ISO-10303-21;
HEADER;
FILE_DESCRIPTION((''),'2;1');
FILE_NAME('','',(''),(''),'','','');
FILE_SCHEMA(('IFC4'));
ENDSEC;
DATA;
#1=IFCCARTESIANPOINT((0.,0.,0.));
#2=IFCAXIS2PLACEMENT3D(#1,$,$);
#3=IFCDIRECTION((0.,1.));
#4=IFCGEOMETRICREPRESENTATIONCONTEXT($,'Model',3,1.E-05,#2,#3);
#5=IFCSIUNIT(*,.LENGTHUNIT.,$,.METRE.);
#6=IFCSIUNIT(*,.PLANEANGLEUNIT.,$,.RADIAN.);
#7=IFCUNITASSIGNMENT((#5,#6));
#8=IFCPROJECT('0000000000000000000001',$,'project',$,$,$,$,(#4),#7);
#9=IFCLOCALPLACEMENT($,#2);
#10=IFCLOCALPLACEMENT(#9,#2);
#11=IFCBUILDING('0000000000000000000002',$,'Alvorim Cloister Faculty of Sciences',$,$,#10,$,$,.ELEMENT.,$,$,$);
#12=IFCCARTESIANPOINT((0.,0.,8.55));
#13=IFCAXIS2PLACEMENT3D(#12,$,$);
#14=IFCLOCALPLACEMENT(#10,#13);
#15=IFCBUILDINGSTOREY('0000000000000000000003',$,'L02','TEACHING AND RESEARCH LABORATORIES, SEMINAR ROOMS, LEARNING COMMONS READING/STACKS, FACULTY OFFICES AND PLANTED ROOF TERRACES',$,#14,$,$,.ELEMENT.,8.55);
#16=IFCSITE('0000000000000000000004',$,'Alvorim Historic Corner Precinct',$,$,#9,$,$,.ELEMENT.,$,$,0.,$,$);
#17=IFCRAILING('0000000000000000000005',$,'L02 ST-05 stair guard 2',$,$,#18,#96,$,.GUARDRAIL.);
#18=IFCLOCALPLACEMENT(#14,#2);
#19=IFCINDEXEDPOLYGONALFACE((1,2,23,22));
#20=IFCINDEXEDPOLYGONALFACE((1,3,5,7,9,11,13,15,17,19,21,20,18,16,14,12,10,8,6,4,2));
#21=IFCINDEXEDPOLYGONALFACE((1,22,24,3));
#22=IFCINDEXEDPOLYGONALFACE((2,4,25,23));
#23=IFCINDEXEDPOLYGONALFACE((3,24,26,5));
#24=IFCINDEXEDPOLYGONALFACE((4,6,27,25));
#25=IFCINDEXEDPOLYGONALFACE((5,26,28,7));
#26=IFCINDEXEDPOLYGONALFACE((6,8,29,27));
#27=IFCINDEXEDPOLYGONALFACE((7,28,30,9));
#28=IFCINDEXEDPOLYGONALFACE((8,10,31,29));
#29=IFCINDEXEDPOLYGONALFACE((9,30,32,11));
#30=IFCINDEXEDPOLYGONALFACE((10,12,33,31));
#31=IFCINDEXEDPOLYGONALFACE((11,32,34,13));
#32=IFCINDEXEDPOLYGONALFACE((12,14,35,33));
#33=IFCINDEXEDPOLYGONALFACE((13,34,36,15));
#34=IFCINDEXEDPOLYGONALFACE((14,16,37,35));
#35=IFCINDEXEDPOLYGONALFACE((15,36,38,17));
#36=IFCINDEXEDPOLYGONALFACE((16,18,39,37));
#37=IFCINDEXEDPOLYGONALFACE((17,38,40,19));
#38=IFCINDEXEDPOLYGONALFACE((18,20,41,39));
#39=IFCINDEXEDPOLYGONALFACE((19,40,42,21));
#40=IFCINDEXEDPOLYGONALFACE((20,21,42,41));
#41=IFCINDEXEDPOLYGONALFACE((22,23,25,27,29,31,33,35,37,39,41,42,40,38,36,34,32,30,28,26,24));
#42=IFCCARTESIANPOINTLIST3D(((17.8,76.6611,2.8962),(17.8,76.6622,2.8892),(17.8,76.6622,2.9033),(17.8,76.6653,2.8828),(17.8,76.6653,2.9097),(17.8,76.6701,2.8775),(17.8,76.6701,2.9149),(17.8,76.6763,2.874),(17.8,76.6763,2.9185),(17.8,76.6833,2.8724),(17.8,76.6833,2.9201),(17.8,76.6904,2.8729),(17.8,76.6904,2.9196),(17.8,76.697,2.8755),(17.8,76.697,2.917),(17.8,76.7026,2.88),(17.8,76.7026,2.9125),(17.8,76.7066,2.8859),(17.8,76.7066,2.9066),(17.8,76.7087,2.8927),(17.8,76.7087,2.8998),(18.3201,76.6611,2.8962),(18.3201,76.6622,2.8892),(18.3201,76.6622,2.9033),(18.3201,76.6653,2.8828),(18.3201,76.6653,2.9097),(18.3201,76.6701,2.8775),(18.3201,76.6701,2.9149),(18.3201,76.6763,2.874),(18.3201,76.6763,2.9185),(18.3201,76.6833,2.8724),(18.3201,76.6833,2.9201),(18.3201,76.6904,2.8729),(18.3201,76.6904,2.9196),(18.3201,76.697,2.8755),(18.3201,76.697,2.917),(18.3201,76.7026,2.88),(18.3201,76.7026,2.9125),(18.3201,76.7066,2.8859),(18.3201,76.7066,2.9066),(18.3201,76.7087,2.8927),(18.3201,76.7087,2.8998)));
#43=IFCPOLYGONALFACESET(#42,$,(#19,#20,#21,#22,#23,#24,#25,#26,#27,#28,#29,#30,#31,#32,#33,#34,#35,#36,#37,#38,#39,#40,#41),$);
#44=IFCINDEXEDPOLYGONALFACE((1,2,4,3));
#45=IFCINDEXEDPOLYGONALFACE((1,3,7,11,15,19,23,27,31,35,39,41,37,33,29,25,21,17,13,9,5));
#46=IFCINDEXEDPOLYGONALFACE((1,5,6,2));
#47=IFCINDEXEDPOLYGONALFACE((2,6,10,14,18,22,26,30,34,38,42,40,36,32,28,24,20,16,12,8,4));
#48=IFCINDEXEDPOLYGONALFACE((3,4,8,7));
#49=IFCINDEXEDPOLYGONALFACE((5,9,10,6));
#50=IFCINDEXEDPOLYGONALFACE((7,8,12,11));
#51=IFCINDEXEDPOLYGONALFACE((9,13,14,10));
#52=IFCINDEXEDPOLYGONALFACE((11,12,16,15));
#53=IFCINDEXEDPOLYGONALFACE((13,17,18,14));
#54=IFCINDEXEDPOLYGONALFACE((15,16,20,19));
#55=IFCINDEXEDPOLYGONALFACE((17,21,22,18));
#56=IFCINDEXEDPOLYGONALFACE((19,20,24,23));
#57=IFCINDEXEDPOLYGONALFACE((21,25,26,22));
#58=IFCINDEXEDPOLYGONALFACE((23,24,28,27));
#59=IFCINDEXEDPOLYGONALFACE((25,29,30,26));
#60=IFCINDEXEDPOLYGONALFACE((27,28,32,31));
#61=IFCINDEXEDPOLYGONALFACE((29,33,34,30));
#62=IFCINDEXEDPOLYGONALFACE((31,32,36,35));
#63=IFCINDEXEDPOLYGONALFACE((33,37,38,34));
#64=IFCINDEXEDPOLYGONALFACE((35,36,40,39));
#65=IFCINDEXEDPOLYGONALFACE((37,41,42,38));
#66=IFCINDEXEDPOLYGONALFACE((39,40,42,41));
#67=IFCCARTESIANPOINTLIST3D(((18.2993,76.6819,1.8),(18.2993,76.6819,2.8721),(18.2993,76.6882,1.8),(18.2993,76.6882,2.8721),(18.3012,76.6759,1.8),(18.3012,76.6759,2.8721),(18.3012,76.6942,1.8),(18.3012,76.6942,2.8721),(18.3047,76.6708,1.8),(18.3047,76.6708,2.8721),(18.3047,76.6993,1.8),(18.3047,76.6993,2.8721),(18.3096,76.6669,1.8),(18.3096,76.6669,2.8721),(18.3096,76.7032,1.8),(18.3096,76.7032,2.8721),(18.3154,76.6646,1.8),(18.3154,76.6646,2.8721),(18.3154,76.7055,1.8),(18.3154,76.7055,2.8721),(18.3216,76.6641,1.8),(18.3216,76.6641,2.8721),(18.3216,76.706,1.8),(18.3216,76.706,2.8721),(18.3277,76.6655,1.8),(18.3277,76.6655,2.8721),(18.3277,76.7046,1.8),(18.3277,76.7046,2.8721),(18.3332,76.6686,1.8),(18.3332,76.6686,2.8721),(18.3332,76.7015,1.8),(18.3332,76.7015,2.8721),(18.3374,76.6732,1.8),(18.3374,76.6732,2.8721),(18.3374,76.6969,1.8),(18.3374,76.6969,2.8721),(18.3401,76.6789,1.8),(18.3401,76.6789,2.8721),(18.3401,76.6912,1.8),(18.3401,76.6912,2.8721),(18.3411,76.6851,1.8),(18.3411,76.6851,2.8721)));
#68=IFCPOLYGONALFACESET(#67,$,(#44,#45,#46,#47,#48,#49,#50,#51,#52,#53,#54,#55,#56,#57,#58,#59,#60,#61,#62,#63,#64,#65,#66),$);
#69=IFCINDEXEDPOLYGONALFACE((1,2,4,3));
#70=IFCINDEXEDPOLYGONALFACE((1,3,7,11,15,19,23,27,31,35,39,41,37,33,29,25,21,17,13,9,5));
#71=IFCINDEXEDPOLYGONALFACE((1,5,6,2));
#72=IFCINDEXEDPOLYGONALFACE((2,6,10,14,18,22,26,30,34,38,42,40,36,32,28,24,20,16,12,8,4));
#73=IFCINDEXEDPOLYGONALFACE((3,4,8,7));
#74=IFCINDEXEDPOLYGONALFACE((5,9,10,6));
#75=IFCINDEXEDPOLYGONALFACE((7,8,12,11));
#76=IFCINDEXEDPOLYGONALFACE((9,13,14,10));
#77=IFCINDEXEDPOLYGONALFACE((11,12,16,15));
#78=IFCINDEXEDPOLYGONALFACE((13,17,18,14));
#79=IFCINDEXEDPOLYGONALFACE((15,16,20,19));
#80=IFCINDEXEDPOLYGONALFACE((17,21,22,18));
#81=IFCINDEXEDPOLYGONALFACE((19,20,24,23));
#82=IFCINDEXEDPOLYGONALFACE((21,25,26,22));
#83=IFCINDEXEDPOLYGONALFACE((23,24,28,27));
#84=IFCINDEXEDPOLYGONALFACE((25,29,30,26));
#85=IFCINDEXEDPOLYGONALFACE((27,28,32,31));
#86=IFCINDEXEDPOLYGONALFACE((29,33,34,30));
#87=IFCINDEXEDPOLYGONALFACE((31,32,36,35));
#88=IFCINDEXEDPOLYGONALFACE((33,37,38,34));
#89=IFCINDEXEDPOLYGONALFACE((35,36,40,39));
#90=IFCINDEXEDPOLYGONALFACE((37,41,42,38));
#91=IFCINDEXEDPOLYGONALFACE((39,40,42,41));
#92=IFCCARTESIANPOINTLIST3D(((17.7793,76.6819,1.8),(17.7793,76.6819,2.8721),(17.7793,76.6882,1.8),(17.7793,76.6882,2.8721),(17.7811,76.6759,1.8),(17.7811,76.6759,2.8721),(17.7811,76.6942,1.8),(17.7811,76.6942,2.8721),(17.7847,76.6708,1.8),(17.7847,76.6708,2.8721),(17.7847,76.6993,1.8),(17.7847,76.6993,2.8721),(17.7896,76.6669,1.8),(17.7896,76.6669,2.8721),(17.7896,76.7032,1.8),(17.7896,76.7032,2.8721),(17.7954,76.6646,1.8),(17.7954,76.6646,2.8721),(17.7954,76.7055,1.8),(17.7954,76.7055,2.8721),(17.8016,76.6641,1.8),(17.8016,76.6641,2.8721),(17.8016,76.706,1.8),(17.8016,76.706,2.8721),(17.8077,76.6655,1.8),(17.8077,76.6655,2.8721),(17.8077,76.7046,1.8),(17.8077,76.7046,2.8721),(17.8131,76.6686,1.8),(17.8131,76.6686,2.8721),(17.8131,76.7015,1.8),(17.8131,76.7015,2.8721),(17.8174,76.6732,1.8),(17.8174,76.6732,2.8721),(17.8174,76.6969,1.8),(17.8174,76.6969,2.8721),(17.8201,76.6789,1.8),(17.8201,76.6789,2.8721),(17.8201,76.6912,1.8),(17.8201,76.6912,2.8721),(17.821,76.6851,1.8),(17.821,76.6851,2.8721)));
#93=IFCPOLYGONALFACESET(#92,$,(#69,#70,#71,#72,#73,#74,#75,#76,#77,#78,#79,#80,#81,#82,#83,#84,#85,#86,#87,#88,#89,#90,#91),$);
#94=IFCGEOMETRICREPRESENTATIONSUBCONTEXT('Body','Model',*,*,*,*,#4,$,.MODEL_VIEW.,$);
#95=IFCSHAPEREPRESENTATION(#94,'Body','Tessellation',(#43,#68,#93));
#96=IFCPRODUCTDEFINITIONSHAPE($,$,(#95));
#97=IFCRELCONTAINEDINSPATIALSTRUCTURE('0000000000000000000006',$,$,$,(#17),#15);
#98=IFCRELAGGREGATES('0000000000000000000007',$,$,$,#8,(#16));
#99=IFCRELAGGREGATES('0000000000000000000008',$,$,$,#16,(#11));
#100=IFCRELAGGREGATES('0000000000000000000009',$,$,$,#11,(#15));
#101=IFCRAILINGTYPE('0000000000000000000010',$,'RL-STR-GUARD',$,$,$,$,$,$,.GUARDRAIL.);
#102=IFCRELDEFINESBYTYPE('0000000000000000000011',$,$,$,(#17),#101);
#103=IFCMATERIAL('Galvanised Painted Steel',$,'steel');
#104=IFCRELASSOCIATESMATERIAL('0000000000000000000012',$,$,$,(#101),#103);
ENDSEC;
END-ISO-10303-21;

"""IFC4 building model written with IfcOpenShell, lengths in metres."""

from ifc_helpers import new_model, si_unit, direction, frame, origin, origin_2d, place, context, subcontext, project, spatial, circle, extrude, material, type_object, element, save


model = new_model("IFC4")

# Units and contexts
model_context = context("Model", 3, precision=1e-05, world=origin(), true_north=direction((0.0, 1.0)))
body_context = subcontext(model_context, "Body", "Model", "MODEL_VIEW")
ifc_project = project(units=[si_unit("LENGTHUNIT", "METRE"), si_unit("PLANEANGLEUNIT", "RADIAN")], contexts=[model_context])

# Site, building, storey
site_placement = place(None, origin())
site = spatial("IfcSite", under=ifc_project, at=site_placement, Name="Alvorim Historic Corner Precinct", CompositionType="ELEMENT", RefElevation=0.0)
building_placement = place(site_placement, origin())
building = spatial("IfcBuilding", under=site, at=building_placement, Name="Alvorim Cloister Faculty of Sciences", CompositionType="ELEMENT")
storey_placement = place(building_placement, frame((0.0, 0.0, 8.55)))
storey = spatial("IfcBuildingStorey", under=building, at=storey_placement, Name="L02", Description="TEACHING AND RESEARCH LABORATORIES, SEMINAR ROOMS, LEARNING COMMONS READING/STACKS, FACULTY OFFICES AND PLANTED ROOF TERRACES", CompositionType="ELEMENT", Elevation=8.55)

# Railing
ifc_material_1 = material(Name="Galvanised Painted Steel", Category="steel")
railing_type_1 = type_object("IfcRailingType", Name="RL-STR-GUARD", PredefinedType="GUARDRAIL", material=ifc_material_1)
railing_1_placement = place(storey_placement, frame((18.3201, 76.6851, 1.8)))
element("IfcRailing", 1, at=railing_1_placement, inside=storey, type_object=railing_type_1, Name="L02 ST-05 stair guard 2", PredefinedType="GUARDRAIL", context=body_context, shape_type="SweptSolid", body=[
    extrude(circle(Radius=0.0239, at=origin_2d()), frame((0.0, 0.0, 1.0962), z_axis=(-1.0, 0.0, 0.0), x_axis=(0.0, -1.0, 0.0)), (0.0, 0.0, 1.0), 0.52),
    extrude(circle(Radius=0.021, at=origin_2d()), origin(), (0.0, 0.0, 1.0), 1.072),
    extrude(circle(Radius=0.021, at=origin_2d()), frame((-0.52, 0.0, 0.0)), (0.0, 0.0, 1.0), 1.072),
])

save(model, "model.ifc")
